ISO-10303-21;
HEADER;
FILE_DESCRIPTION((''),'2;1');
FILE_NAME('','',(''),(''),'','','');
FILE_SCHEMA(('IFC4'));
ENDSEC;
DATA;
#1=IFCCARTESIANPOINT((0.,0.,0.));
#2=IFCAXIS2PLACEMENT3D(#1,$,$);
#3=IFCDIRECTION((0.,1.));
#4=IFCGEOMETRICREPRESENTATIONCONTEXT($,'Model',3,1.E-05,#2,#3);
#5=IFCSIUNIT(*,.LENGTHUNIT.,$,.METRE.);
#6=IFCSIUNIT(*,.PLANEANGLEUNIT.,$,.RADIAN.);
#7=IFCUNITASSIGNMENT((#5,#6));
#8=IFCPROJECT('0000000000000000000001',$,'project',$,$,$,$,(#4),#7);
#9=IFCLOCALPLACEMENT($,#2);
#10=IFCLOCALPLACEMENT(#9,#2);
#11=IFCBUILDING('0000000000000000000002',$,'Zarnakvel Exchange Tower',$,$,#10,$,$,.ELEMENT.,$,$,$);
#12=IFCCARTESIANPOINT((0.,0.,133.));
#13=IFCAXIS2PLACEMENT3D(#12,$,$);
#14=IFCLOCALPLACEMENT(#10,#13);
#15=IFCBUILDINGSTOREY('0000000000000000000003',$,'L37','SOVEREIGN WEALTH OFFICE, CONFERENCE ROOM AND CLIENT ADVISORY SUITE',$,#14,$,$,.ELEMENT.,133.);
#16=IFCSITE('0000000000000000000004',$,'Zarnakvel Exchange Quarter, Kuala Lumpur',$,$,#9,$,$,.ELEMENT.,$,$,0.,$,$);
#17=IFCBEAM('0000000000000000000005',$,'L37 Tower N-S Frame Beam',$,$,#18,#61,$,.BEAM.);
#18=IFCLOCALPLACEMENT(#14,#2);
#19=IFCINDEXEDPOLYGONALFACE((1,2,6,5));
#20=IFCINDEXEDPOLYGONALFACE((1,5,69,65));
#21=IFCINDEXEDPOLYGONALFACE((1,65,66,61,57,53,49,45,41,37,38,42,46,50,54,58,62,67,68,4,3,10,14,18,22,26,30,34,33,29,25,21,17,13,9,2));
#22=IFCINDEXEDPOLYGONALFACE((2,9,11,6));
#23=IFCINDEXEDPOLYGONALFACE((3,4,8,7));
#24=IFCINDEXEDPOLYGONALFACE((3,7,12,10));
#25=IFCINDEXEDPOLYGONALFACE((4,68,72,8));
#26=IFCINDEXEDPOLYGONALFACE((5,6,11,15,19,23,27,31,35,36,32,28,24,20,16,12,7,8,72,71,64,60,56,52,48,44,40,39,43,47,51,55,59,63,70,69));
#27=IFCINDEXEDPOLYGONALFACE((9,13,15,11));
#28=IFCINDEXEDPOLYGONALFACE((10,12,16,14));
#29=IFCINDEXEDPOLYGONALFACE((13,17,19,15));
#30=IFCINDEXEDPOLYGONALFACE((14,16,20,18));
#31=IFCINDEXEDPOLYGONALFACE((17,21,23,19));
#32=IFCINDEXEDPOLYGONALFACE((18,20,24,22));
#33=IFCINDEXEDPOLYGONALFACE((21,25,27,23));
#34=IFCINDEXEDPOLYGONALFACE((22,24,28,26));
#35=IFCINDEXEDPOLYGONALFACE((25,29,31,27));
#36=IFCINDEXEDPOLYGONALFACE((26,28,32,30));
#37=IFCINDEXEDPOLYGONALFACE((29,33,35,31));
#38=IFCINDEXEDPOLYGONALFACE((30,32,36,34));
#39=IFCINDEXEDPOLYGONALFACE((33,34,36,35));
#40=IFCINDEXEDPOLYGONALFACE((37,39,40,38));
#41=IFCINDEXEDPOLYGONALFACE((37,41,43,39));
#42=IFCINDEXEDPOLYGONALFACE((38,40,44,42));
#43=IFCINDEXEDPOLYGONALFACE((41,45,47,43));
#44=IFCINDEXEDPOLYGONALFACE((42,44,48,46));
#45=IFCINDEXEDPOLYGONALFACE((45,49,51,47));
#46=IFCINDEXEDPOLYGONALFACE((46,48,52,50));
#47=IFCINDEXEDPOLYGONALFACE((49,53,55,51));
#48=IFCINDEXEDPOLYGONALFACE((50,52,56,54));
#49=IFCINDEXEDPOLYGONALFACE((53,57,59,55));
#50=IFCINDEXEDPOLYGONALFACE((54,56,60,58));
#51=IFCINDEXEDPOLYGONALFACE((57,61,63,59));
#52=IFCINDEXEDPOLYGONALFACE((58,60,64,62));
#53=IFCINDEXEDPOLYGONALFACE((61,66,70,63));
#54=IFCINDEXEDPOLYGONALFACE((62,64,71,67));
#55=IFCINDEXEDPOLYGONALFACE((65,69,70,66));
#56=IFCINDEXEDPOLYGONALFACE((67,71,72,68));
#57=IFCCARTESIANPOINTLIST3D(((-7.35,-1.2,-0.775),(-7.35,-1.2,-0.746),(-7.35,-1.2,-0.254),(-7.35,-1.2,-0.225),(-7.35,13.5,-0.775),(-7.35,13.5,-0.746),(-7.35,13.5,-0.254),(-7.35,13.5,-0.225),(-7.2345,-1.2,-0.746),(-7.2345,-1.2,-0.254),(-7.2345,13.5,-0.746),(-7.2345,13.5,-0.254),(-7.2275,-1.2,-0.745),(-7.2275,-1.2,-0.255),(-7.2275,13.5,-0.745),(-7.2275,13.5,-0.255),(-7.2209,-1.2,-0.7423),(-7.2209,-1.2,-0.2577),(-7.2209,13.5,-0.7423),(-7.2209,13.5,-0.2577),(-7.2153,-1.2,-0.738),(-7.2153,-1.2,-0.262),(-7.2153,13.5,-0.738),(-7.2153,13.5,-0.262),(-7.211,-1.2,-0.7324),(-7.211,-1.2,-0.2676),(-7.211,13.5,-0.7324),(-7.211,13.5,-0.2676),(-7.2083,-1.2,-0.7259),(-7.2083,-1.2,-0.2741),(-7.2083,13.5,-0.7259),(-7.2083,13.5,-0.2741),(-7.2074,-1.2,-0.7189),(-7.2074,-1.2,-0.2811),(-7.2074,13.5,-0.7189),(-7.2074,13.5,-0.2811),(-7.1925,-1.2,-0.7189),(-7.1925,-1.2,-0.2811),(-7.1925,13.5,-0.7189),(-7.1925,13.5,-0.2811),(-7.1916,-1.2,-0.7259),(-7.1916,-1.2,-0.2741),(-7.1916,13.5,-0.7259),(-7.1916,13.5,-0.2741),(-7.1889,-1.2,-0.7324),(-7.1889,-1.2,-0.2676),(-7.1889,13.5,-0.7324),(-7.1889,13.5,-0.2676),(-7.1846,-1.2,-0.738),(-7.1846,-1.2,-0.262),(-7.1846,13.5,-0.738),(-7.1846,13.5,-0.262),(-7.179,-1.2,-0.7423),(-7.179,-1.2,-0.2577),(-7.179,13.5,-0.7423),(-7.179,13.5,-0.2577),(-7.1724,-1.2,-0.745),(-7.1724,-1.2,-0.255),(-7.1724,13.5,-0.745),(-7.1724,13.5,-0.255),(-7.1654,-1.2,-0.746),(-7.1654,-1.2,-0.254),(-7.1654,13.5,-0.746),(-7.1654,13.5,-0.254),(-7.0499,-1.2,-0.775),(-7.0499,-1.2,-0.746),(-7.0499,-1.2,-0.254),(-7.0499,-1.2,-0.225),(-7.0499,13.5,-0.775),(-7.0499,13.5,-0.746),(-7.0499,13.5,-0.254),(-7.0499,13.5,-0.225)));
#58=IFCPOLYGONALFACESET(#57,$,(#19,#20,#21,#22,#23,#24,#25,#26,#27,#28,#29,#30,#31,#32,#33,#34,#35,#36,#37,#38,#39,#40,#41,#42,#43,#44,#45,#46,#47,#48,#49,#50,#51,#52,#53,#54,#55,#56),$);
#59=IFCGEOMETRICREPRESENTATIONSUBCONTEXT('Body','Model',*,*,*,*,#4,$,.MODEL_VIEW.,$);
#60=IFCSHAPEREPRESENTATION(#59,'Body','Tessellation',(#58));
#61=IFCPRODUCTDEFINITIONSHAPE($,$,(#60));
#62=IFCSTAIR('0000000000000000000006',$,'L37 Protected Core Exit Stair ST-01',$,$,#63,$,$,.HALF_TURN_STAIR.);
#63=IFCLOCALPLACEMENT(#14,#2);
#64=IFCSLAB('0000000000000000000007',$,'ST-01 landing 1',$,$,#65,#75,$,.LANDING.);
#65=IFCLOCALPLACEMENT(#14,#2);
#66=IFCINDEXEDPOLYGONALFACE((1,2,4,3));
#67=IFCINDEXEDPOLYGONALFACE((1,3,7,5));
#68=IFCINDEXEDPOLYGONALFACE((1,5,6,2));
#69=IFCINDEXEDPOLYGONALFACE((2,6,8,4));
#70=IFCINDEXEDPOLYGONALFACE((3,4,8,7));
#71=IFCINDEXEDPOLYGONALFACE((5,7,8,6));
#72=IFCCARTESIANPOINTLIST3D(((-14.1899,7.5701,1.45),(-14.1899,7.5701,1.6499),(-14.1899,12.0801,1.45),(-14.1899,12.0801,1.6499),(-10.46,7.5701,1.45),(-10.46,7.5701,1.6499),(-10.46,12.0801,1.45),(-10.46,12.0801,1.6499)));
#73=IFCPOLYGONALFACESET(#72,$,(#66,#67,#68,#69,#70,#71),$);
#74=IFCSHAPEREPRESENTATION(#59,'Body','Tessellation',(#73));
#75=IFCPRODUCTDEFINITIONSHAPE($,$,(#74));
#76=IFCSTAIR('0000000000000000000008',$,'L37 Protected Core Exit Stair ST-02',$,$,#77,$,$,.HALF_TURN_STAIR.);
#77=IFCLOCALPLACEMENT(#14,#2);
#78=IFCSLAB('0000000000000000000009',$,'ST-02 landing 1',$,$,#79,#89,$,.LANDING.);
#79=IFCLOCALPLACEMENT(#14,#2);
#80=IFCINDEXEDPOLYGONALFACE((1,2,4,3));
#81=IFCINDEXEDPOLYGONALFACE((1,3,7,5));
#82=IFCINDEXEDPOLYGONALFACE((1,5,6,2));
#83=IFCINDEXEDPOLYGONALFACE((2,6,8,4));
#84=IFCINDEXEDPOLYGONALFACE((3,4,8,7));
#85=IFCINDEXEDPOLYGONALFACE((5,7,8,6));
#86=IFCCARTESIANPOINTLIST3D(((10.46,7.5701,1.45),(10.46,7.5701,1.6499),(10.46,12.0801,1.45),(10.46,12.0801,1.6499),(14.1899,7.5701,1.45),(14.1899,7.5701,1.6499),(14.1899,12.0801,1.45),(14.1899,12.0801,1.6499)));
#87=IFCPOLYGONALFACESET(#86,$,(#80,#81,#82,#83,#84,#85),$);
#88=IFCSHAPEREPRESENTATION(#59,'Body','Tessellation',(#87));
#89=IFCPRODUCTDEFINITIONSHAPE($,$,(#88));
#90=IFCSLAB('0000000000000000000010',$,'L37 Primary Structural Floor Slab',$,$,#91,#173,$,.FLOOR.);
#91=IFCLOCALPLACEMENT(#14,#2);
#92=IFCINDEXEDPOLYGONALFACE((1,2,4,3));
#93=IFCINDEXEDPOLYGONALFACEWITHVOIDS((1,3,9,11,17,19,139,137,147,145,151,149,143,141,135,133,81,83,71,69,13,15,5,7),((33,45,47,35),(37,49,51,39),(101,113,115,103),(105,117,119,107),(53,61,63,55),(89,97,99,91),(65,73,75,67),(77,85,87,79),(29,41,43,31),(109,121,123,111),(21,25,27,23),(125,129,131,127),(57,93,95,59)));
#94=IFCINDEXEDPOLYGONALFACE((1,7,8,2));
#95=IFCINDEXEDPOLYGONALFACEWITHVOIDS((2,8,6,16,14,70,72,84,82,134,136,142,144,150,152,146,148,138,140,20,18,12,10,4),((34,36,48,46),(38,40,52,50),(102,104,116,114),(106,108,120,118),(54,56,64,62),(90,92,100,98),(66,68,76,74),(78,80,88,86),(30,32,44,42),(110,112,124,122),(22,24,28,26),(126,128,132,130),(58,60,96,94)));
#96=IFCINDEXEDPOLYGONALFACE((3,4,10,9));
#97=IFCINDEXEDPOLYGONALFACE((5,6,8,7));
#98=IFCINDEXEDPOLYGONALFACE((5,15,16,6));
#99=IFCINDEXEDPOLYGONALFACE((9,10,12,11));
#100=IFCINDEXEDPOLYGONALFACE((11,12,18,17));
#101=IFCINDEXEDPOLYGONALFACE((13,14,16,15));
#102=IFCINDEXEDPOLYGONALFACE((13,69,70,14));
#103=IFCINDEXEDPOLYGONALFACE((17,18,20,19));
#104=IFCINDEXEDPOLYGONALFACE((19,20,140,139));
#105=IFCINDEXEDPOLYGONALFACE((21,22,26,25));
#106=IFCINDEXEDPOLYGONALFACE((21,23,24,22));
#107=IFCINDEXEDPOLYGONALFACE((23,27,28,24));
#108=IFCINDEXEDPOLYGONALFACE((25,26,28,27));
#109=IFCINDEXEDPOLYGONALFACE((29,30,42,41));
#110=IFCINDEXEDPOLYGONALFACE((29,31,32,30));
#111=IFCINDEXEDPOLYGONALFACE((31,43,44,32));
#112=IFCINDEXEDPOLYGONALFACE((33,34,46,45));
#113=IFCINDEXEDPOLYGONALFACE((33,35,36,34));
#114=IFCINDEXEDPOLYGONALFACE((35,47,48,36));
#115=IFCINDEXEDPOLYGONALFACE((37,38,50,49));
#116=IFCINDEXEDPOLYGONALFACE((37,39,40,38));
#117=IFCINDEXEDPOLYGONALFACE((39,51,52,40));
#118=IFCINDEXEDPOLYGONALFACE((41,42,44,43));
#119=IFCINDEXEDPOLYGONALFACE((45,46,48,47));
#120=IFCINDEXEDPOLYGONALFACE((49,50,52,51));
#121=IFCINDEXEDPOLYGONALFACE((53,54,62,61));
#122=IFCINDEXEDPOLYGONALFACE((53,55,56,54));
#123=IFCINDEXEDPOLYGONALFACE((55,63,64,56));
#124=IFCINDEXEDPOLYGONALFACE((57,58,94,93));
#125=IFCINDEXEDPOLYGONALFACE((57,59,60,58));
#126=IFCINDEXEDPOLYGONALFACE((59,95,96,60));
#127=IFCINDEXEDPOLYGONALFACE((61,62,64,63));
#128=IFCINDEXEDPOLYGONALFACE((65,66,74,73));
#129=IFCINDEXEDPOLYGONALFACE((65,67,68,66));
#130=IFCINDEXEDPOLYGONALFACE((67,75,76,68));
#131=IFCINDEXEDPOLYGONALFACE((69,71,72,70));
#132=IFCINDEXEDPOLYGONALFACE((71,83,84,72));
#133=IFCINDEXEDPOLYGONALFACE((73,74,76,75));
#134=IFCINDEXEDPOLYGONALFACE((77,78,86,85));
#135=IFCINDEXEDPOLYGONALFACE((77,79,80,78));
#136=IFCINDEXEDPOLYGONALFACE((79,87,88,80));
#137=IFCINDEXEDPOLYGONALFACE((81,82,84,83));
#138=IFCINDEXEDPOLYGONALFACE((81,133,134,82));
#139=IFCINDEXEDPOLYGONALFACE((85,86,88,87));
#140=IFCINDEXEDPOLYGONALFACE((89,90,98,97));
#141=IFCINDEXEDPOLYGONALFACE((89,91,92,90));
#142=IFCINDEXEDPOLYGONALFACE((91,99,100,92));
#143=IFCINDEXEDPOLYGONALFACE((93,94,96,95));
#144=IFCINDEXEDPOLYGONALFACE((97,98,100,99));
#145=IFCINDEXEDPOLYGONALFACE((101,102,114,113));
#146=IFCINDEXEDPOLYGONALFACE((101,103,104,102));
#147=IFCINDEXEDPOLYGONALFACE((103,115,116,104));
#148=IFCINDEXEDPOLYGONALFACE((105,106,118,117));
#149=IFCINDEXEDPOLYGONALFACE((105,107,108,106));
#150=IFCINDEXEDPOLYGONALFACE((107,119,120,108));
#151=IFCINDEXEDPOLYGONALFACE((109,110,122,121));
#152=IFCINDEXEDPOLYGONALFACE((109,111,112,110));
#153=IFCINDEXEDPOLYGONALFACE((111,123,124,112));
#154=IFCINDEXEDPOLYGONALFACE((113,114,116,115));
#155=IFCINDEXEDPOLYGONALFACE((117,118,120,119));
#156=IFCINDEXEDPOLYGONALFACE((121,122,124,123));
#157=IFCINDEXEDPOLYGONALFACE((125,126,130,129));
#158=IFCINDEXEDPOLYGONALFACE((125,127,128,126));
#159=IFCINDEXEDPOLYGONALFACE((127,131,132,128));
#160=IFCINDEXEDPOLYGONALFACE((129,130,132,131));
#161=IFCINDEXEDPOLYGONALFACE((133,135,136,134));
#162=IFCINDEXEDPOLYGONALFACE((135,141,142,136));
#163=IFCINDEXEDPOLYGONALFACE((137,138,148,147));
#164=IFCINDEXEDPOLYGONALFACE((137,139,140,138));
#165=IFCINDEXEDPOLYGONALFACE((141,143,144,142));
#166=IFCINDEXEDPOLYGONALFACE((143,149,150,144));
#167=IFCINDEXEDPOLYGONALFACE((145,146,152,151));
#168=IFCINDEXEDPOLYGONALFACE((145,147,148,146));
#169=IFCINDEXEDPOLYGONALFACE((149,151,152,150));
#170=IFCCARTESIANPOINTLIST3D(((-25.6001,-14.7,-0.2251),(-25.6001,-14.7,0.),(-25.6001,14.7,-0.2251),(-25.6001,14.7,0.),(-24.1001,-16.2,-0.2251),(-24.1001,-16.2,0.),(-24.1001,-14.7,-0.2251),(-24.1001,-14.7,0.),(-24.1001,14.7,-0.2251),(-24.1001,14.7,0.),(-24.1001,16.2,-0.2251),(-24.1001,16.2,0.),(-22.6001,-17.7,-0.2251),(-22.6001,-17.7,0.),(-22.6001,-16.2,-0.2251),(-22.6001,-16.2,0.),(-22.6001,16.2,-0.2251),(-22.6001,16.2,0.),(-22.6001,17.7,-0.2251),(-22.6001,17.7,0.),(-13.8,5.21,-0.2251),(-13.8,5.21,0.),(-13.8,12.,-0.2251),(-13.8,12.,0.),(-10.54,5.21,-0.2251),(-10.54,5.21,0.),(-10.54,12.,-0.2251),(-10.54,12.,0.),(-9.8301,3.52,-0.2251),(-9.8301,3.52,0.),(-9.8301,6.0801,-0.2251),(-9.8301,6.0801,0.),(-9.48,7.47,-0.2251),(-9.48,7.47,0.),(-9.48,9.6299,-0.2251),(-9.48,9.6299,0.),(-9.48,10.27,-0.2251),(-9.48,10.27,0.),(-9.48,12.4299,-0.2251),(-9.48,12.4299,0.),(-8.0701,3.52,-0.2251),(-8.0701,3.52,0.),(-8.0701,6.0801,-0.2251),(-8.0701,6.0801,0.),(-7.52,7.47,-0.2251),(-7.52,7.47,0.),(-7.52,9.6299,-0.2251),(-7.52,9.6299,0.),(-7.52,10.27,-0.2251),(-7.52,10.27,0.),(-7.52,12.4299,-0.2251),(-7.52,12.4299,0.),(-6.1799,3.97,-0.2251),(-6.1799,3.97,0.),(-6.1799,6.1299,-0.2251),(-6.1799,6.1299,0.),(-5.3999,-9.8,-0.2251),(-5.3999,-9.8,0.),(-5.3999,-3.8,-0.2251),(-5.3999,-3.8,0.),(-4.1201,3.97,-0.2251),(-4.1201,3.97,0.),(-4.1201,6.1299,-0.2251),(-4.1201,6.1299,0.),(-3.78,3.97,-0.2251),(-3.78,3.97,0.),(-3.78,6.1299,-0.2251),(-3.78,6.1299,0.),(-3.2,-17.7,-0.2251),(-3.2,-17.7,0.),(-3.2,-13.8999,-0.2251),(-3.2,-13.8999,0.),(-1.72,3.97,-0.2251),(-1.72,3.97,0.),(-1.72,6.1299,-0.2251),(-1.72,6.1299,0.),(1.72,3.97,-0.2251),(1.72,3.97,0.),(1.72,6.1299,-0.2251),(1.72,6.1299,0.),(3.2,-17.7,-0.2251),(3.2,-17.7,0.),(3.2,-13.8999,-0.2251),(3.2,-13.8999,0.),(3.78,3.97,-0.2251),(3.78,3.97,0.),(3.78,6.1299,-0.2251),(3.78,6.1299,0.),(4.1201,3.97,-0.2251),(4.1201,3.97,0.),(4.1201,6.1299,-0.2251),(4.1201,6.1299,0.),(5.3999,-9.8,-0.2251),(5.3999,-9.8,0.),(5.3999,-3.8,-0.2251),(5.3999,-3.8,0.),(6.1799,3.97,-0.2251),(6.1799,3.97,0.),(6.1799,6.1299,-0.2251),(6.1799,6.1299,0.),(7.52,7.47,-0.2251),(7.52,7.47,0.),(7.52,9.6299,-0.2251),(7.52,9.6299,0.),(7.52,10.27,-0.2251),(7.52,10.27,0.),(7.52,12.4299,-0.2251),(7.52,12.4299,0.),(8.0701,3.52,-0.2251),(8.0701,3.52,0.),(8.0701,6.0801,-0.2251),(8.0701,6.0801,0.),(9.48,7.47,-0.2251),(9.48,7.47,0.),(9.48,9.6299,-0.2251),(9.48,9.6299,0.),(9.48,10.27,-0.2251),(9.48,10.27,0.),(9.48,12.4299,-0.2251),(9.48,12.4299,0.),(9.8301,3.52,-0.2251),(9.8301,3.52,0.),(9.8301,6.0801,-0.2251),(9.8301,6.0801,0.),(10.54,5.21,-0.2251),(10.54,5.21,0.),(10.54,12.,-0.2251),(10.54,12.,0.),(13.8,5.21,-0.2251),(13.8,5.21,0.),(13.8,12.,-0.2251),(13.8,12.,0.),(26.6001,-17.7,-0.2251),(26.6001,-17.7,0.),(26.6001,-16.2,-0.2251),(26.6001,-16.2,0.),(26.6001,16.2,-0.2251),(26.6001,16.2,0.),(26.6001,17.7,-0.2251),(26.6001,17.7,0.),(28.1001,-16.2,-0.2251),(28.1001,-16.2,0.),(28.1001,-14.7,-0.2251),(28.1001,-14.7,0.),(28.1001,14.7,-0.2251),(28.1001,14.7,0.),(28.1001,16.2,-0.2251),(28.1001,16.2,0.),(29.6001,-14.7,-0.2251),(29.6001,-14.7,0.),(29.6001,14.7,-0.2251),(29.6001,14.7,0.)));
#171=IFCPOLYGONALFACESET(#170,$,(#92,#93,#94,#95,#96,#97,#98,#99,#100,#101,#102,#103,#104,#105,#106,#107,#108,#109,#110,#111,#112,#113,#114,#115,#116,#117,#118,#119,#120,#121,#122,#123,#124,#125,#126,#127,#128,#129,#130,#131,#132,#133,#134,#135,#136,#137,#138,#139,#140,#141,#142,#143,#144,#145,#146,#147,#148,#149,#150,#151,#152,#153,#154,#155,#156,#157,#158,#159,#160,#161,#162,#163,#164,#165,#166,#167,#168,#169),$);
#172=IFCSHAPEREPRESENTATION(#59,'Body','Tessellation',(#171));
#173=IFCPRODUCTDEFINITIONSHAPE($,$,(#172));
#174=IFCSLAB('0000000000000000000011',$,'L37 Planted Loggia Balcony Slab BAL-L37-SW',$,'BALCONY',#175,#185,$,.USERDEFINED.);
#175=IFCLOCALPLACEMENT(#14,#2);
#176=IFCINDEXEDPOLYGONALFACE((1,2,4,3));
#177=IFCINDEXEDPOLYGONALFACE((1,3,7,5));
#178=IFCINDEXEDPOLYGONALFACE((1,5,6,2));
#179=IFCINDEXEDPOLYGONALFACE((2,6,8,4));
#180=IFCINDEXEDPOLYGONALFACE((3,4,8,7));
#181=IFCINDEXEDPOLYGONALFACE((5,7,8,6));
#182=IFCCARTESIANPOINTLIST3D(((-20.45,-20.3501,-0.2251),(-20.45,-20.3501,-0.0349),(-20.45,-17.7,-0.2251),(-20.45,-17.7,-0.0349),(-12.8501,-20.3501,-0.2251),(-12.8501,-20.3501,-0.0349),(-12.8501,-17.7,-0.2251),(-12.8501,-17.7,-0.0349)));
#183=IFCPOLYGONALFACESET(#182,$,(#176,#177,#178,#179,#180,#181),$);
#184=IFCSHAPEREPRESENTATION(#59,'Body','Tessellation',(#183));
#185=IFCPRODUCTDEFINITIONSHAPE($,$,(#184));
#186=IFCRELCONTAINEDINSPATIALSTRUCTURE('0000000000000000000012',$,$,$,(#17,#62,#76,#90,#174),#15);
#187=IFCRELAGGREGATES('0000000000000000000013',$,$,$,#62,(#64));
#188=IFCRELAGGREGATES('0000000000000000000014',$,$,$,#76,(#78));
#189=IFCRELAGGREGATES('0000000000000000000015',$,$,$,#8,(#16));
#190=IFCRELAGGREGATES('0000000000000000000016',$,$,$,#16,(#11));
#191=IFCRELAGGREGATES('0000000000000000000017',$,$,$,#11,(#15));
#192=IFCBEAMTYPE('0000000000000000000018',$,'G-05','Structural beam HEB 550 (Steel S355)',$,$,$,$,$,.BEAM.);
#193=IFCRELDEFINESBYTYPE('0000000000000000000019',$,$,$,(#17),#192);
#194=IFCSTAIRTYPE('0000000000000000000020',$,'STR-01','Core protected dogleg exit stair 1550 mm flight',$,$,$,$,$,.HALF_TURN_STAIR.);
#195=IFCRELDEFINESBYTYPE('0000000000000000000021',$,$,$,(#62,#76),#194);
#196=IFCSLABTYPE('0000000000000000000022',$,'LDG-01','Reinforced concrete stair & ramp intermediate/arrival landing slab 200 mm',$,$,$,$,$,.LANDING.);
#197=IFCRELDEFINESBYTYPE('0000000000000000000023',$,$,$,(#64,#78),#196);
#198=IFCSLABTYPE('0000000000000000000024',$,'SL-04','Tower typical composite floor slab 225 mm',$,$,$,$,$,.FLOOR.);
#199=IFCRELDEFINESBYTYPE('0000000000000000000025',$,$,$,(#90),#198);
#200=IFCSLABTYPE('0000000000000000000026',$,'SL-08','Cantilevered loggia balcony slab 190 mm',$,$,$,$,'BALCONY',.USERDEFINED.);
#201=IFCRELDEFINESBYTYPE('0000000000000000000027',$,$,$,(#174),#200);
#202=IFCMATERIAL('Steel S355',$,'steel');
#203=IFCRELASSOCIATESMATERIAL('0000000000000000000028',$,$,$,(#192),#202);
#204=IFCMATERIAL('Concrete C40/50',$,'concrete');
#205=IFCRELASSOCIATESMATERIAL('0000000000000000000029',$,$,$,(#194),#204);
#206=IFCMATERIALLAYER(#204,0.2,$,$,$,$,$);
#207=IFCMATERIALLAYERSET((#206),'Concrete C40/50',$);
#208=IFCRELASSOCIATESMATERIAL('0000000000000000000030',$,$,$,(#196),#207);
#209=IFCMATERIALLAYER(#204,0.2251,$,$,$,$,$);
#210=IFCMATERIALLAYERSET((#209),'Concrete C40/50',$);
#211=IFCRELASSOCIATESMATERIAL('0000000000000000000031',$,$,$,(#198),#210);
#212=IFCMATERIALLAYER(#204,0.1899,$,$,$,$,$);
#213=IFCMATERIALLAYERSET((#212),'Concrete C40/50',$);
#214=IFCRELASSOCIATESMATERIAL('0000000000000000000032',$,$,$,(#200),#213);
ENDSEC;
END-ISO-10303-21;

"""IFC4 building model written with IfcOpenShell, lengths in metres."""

from ifc_helpers import new_model, si_unit, direction, frame, origin, origin_2d, place, context, subcontext, project, spatial, polyline, i_section, outline, extrude, material, layer, layer_set, material_profile, profile_set, type_object, element, aggregate, save


model = new_model("IFC4")

# Units and contexts
model_context = context("Model", 3, precision=1e-05, world=origin(), true_north=direction((0.0, 1.0)))
body_context = subcontext(model_context, "Body", "Model", "MODEL_VIEW")
ifc_project = project(units=[si_unit("LENGTHUNIT", "METRE"), si_unit("PLANEANGLEUNIT", "RADIAN")], contexts=[model_context])

# Site, building, storey
site_placement = place(None, origin())
site = spatial("IfcSite", under=ifc_project, at=site_placement, Name="Zarnakvel Exchange Quarter, Kuala Lumpur", CompositionType="ELEMENT", RefElevation=0.0)
building_placement = place(site_placement, origin())
building = spatial("IfcBuilding", under=site, at=building_placement, Name="Zarnakvel Exchange Tower", CompositionType="ELEMENT")
storey_placement = place(building_placement, frame((0.0, 0.0, 133.0)))
storey = spatial("IfcBuildingStorey", under=building, at=storey_placement, Name="L37", Description="SOVEREIGN WEALTH OFFICE, CONFERENCE ROOM AND CLIENT ADVISORY SUITE", CompositionType="ELEMENT", Elevation=133.0)

# Beam
ifc_material_1 = material(Name="Steel S355", Category="steel")
ifc_material_profile_1 = material_profile(ifc_material_1, i_section(OverallWidth=0.3, OverallDepth=0.55, WebThickness=0.0149, FlangeThickness=0.0291, FilletRadius=0.0271, at=origin_2d()))
ifc_profile_set_1 = profile_set([ifc_material_profile_1], Name="Steel S355")
beam_type_1 = type_object("IfcBeamType", Name="G-05", Description="Structural beam HEB 550 (Steel S355)", PredefinedType="BEAM", material=ifc_profile_set_1)
beam_1_placement = place(storey_placement, frame((-7.2, -1.2, -0.5), z_axis=(0.0, 1.0, 0.0), x_axis=(-1.0, 0.0, 0.0)))
element("IfcBeam", 1, at=beam_1_placement, inside=storey, type_object=beam_type_1, Name="L37 Tower N-S Frame Beam", PredefinedType="BEAM", context=body_context, shape_type="SweptSolid", body=[
    extrude(i_section(OverallWidth=0.3, OverallDepth=0.55, WebThickness=0.0149, FlangeThickness=0.0291, FilletRadius=0.0271, at=origin_2d()), origin(), (0.0, 0.0, 1.0), 14.7),
])

# Stairs, slabs
ifc_material_2 = material(Name="Concrete C40/50", Category="concrete")
stair_type = type_object("IfcStairType", Name="STR-01", Description="Core protected dogleg exit stair 1550 mm flight", PredefinedType="HALF_TURN_STAIR", material=ifc_material_2)
stair_1_placement = place(storey_placement, origin())
stair_1 = element("IfcStair", 2, at=stair_1_placement, inside=storey, type_object=stair_type, Name="L37 Protected Core Exit Stair ST-01", PredefinedType="HALF_TURN_STAIR")
ifc_layer_1 = layer(ifc_material_2, 0.2)
ifc_layer_set_1 = layer_set([ifc_layer_1], Name="Concrete C40/50")
slab_type_1 = type_object("IfcSlabType", Name="LDG-01", Description="Reinforced concrete stair & ramp intermediate/arrival landing slab 200 mm", PredefinedType="LANDING", material=ifc_layer_set_1)
slab_1_placement = place(storey_placement, frame((0.0, 0.0, 1.45)))
slab_1 = element("IfcSlab", 3, at=slab_1_placement, type_object=slab_type_1, Name="ST-01 landing 1", PredefinedType="LANDING", context=body_context, shape_type="SweptSolid", body=[
    extrude(outline(polyline([(-14.1899, 7.5701), (-10.46, 7.5701), (-10.46, 12.0801), (-14.1899, 12.0801), (-14.1899, 7.5701)])), origin(), (0.0, 0.0, 1.0), 0.2),
])
aggregate(stair_1, [slab_1])
stair_2_placement = place(storey_placement, origin())
stair_2 = element("IfcStair", 4, at=stair_2_placement, inside=storey, type_object=stair_type, Name="L37 Protected Core Exit Stair ST-02", PredefinedType="HALF_TURN_STAIR")
slab_2_placement = place(storey_placement, frame((0.0, 0.0, 1.45)))
slab_2 = element("IfcSlab", 5, at=slab_2_placement, type_object=slab_type_1, Name="ST-02 landing 1", PredefinedType="LANDING", context=body_context, shape_type="SweptSolid", body=[
    extrude(outline(polyline([(10.46, 7.5701), (14.1899, 7.5701), (14.1899, 12.0801), (10.46, 12.0801), (10.46, 7.5701)])), origin(), (0.0, 0.0, 1.0), 0.2),
])
aggregate(stair_2, [slab_2])

# Slabs
ifc_layer_2 = layer(ifc_material_2, 0.2251)
ifc_layer_set_2 = layer_set([ifc_layer_2], Name="Concrete C40/50")
slab_type_2 = type_object("IfcSlabType", Name="SL-04", Description="Tower typical composite floor slab 225 mm", PredefinedType="FLOOR", material=ifc_layer_set_2)
slab_3_placement = place(storey_placement, frame((0.0, 0.0, -0.2251)))
element("IfcSlab", 6, at=slab_3_placement, inside=storey, type_object=slab_type_2, Name="L37 Primary Structural Floor Slab", PredefinedType="FLOOR", context=body_context, shape_type="SweptSolid", body=[
    extrude(outline(polyline([(-25.6001, -14.7), (-24.1001, -14.7), (-24.1001, -16.2), (-22.6001, -16.2), (-22.6001, -17.7), (-3.2, -17.7), (-3.2, -13.8999), (3.2, -13.8999), (3.2, -17.7), (26.6001, -17.7), (26.6001, -16.2), (28.1001, -16.2), (28.1001, -14.7), (29.6001, -14.7), (29.6001, 14.7), (28.1001, 14.7), (28.1001, 16.2), (26.6001, 16.2), (26.6001, 17.7), (-22.6001, 17.7), (-22.6001, 16.2), (-24.1001, 16.2), (-24.1001, 14.7), (-25.6001, 14.7), (-25.6001, -14.7)]), holes=[polyline([(-5.3999, -9.8), (5.3999, -9.8), (5.3999, -3.8), (-5.3999, -3.8), (-5.3999, -9.8)]), polyline([(-13.8, 5.21), (-10.54, 5.21), (-10.54, 12.0), (-13.8, 12.0), (-13.8, 5.21)]), polyline([(10.54, 5.21), (13.8, 5.21), (13.8, 12.0), (10.54, 12.0), (10.54, 5.21)]), polyline([(-9.8301, 3.52), (-8.0701, 3.52), (-8.0701, 6.0801), (-9.8301, 6.0801), (-9.8301, 3.52)]), polyline([(8.0701, 3.52), (9.8301, 3.52), (9.8301, 6.0801), (8.0701, 6.0801), (8.0701, 3.52)]), polyline([(-6.1799, 3.97), (-4.1201, 3.97), (-4.1201, 6.1299), (-6.1799, 6.1299), (-6.1799, 3.97)]), polyline([(-3.78, 3.97), (-1.72, 3.97), (-1.72, 6.1299), (-3.78, 6.1299), (-3.78, 3.97)]), polyline([(1.72, 3.97), (3.78, 3.97), (3.78, 6.1299), (1.72, 6.1299), (1.72, 3.97)]), polyline([(4.1201, 3.97), (6.1799, 3.97), (6.1799, 6.1299), (4.1201, 6.1299), (4.1201, 3.97)]), polyline([(-9.48, 7.47), (-7.52, 7.47), (-7.52, 9.6299), (-9.48, 9.6299), (-9.48, 7.47)]), polyline([(-9.48, 10.27), (-7.52, 10.27), (-7.52, 12.4299), (-9.48, 12.4299), (-9.48, 10.27)]), polyline([(7.52, 7.47), (9.48, 7.47), (9.48, 9.6299), (7.52, 9.6299), (7.52, 7.47)]), polyline([(7.52, 10.27), (9.48, 10.27), (9.48, 12.4299), (7.52, 12.4299), (7.52, 10.27)])]), origin(), (0.0, 0.0, 1.0), 0.2251),
])
ifc_layer_3 = layer(ifc_material_2, 0.1899)
ifc_layer_set_3 = layer_set([ifc_layer_3], Name="Concrete C40/50")
slab_type_3 = type_object("IfcSlabType", Name="SL-08", Description="Cantilevered loggia balcony slab 190 mm", ElementType="BALCONY", PredefinedType="USERDEFINED", material=ifc_layer_set_3)
slab_4_placement = place(storey_placement, frame((0.0, 0.0, -0.2251)))
element("IfcSlab", 7, at=slab_4_placement, inside=storey, type_object=slab_type_3, Name="L37 Planted Loggia Balcony Slab BAL-L37-SW", ObjectType="BALCONY", PredefinedType="USERDEFINED", context=body_context, shape_type="SweptSolid", body=[
    extrude(outline(polyline([(-20.45, -20.3501), (-12.8501, -20.3501), (-12.8501, -17.7), (-20.45, -17.7), (-20.45, -20.3501)])), origin(), (0.0, 0.0, 1.0), 0.1902),
])

save(model, "model.ifc")
